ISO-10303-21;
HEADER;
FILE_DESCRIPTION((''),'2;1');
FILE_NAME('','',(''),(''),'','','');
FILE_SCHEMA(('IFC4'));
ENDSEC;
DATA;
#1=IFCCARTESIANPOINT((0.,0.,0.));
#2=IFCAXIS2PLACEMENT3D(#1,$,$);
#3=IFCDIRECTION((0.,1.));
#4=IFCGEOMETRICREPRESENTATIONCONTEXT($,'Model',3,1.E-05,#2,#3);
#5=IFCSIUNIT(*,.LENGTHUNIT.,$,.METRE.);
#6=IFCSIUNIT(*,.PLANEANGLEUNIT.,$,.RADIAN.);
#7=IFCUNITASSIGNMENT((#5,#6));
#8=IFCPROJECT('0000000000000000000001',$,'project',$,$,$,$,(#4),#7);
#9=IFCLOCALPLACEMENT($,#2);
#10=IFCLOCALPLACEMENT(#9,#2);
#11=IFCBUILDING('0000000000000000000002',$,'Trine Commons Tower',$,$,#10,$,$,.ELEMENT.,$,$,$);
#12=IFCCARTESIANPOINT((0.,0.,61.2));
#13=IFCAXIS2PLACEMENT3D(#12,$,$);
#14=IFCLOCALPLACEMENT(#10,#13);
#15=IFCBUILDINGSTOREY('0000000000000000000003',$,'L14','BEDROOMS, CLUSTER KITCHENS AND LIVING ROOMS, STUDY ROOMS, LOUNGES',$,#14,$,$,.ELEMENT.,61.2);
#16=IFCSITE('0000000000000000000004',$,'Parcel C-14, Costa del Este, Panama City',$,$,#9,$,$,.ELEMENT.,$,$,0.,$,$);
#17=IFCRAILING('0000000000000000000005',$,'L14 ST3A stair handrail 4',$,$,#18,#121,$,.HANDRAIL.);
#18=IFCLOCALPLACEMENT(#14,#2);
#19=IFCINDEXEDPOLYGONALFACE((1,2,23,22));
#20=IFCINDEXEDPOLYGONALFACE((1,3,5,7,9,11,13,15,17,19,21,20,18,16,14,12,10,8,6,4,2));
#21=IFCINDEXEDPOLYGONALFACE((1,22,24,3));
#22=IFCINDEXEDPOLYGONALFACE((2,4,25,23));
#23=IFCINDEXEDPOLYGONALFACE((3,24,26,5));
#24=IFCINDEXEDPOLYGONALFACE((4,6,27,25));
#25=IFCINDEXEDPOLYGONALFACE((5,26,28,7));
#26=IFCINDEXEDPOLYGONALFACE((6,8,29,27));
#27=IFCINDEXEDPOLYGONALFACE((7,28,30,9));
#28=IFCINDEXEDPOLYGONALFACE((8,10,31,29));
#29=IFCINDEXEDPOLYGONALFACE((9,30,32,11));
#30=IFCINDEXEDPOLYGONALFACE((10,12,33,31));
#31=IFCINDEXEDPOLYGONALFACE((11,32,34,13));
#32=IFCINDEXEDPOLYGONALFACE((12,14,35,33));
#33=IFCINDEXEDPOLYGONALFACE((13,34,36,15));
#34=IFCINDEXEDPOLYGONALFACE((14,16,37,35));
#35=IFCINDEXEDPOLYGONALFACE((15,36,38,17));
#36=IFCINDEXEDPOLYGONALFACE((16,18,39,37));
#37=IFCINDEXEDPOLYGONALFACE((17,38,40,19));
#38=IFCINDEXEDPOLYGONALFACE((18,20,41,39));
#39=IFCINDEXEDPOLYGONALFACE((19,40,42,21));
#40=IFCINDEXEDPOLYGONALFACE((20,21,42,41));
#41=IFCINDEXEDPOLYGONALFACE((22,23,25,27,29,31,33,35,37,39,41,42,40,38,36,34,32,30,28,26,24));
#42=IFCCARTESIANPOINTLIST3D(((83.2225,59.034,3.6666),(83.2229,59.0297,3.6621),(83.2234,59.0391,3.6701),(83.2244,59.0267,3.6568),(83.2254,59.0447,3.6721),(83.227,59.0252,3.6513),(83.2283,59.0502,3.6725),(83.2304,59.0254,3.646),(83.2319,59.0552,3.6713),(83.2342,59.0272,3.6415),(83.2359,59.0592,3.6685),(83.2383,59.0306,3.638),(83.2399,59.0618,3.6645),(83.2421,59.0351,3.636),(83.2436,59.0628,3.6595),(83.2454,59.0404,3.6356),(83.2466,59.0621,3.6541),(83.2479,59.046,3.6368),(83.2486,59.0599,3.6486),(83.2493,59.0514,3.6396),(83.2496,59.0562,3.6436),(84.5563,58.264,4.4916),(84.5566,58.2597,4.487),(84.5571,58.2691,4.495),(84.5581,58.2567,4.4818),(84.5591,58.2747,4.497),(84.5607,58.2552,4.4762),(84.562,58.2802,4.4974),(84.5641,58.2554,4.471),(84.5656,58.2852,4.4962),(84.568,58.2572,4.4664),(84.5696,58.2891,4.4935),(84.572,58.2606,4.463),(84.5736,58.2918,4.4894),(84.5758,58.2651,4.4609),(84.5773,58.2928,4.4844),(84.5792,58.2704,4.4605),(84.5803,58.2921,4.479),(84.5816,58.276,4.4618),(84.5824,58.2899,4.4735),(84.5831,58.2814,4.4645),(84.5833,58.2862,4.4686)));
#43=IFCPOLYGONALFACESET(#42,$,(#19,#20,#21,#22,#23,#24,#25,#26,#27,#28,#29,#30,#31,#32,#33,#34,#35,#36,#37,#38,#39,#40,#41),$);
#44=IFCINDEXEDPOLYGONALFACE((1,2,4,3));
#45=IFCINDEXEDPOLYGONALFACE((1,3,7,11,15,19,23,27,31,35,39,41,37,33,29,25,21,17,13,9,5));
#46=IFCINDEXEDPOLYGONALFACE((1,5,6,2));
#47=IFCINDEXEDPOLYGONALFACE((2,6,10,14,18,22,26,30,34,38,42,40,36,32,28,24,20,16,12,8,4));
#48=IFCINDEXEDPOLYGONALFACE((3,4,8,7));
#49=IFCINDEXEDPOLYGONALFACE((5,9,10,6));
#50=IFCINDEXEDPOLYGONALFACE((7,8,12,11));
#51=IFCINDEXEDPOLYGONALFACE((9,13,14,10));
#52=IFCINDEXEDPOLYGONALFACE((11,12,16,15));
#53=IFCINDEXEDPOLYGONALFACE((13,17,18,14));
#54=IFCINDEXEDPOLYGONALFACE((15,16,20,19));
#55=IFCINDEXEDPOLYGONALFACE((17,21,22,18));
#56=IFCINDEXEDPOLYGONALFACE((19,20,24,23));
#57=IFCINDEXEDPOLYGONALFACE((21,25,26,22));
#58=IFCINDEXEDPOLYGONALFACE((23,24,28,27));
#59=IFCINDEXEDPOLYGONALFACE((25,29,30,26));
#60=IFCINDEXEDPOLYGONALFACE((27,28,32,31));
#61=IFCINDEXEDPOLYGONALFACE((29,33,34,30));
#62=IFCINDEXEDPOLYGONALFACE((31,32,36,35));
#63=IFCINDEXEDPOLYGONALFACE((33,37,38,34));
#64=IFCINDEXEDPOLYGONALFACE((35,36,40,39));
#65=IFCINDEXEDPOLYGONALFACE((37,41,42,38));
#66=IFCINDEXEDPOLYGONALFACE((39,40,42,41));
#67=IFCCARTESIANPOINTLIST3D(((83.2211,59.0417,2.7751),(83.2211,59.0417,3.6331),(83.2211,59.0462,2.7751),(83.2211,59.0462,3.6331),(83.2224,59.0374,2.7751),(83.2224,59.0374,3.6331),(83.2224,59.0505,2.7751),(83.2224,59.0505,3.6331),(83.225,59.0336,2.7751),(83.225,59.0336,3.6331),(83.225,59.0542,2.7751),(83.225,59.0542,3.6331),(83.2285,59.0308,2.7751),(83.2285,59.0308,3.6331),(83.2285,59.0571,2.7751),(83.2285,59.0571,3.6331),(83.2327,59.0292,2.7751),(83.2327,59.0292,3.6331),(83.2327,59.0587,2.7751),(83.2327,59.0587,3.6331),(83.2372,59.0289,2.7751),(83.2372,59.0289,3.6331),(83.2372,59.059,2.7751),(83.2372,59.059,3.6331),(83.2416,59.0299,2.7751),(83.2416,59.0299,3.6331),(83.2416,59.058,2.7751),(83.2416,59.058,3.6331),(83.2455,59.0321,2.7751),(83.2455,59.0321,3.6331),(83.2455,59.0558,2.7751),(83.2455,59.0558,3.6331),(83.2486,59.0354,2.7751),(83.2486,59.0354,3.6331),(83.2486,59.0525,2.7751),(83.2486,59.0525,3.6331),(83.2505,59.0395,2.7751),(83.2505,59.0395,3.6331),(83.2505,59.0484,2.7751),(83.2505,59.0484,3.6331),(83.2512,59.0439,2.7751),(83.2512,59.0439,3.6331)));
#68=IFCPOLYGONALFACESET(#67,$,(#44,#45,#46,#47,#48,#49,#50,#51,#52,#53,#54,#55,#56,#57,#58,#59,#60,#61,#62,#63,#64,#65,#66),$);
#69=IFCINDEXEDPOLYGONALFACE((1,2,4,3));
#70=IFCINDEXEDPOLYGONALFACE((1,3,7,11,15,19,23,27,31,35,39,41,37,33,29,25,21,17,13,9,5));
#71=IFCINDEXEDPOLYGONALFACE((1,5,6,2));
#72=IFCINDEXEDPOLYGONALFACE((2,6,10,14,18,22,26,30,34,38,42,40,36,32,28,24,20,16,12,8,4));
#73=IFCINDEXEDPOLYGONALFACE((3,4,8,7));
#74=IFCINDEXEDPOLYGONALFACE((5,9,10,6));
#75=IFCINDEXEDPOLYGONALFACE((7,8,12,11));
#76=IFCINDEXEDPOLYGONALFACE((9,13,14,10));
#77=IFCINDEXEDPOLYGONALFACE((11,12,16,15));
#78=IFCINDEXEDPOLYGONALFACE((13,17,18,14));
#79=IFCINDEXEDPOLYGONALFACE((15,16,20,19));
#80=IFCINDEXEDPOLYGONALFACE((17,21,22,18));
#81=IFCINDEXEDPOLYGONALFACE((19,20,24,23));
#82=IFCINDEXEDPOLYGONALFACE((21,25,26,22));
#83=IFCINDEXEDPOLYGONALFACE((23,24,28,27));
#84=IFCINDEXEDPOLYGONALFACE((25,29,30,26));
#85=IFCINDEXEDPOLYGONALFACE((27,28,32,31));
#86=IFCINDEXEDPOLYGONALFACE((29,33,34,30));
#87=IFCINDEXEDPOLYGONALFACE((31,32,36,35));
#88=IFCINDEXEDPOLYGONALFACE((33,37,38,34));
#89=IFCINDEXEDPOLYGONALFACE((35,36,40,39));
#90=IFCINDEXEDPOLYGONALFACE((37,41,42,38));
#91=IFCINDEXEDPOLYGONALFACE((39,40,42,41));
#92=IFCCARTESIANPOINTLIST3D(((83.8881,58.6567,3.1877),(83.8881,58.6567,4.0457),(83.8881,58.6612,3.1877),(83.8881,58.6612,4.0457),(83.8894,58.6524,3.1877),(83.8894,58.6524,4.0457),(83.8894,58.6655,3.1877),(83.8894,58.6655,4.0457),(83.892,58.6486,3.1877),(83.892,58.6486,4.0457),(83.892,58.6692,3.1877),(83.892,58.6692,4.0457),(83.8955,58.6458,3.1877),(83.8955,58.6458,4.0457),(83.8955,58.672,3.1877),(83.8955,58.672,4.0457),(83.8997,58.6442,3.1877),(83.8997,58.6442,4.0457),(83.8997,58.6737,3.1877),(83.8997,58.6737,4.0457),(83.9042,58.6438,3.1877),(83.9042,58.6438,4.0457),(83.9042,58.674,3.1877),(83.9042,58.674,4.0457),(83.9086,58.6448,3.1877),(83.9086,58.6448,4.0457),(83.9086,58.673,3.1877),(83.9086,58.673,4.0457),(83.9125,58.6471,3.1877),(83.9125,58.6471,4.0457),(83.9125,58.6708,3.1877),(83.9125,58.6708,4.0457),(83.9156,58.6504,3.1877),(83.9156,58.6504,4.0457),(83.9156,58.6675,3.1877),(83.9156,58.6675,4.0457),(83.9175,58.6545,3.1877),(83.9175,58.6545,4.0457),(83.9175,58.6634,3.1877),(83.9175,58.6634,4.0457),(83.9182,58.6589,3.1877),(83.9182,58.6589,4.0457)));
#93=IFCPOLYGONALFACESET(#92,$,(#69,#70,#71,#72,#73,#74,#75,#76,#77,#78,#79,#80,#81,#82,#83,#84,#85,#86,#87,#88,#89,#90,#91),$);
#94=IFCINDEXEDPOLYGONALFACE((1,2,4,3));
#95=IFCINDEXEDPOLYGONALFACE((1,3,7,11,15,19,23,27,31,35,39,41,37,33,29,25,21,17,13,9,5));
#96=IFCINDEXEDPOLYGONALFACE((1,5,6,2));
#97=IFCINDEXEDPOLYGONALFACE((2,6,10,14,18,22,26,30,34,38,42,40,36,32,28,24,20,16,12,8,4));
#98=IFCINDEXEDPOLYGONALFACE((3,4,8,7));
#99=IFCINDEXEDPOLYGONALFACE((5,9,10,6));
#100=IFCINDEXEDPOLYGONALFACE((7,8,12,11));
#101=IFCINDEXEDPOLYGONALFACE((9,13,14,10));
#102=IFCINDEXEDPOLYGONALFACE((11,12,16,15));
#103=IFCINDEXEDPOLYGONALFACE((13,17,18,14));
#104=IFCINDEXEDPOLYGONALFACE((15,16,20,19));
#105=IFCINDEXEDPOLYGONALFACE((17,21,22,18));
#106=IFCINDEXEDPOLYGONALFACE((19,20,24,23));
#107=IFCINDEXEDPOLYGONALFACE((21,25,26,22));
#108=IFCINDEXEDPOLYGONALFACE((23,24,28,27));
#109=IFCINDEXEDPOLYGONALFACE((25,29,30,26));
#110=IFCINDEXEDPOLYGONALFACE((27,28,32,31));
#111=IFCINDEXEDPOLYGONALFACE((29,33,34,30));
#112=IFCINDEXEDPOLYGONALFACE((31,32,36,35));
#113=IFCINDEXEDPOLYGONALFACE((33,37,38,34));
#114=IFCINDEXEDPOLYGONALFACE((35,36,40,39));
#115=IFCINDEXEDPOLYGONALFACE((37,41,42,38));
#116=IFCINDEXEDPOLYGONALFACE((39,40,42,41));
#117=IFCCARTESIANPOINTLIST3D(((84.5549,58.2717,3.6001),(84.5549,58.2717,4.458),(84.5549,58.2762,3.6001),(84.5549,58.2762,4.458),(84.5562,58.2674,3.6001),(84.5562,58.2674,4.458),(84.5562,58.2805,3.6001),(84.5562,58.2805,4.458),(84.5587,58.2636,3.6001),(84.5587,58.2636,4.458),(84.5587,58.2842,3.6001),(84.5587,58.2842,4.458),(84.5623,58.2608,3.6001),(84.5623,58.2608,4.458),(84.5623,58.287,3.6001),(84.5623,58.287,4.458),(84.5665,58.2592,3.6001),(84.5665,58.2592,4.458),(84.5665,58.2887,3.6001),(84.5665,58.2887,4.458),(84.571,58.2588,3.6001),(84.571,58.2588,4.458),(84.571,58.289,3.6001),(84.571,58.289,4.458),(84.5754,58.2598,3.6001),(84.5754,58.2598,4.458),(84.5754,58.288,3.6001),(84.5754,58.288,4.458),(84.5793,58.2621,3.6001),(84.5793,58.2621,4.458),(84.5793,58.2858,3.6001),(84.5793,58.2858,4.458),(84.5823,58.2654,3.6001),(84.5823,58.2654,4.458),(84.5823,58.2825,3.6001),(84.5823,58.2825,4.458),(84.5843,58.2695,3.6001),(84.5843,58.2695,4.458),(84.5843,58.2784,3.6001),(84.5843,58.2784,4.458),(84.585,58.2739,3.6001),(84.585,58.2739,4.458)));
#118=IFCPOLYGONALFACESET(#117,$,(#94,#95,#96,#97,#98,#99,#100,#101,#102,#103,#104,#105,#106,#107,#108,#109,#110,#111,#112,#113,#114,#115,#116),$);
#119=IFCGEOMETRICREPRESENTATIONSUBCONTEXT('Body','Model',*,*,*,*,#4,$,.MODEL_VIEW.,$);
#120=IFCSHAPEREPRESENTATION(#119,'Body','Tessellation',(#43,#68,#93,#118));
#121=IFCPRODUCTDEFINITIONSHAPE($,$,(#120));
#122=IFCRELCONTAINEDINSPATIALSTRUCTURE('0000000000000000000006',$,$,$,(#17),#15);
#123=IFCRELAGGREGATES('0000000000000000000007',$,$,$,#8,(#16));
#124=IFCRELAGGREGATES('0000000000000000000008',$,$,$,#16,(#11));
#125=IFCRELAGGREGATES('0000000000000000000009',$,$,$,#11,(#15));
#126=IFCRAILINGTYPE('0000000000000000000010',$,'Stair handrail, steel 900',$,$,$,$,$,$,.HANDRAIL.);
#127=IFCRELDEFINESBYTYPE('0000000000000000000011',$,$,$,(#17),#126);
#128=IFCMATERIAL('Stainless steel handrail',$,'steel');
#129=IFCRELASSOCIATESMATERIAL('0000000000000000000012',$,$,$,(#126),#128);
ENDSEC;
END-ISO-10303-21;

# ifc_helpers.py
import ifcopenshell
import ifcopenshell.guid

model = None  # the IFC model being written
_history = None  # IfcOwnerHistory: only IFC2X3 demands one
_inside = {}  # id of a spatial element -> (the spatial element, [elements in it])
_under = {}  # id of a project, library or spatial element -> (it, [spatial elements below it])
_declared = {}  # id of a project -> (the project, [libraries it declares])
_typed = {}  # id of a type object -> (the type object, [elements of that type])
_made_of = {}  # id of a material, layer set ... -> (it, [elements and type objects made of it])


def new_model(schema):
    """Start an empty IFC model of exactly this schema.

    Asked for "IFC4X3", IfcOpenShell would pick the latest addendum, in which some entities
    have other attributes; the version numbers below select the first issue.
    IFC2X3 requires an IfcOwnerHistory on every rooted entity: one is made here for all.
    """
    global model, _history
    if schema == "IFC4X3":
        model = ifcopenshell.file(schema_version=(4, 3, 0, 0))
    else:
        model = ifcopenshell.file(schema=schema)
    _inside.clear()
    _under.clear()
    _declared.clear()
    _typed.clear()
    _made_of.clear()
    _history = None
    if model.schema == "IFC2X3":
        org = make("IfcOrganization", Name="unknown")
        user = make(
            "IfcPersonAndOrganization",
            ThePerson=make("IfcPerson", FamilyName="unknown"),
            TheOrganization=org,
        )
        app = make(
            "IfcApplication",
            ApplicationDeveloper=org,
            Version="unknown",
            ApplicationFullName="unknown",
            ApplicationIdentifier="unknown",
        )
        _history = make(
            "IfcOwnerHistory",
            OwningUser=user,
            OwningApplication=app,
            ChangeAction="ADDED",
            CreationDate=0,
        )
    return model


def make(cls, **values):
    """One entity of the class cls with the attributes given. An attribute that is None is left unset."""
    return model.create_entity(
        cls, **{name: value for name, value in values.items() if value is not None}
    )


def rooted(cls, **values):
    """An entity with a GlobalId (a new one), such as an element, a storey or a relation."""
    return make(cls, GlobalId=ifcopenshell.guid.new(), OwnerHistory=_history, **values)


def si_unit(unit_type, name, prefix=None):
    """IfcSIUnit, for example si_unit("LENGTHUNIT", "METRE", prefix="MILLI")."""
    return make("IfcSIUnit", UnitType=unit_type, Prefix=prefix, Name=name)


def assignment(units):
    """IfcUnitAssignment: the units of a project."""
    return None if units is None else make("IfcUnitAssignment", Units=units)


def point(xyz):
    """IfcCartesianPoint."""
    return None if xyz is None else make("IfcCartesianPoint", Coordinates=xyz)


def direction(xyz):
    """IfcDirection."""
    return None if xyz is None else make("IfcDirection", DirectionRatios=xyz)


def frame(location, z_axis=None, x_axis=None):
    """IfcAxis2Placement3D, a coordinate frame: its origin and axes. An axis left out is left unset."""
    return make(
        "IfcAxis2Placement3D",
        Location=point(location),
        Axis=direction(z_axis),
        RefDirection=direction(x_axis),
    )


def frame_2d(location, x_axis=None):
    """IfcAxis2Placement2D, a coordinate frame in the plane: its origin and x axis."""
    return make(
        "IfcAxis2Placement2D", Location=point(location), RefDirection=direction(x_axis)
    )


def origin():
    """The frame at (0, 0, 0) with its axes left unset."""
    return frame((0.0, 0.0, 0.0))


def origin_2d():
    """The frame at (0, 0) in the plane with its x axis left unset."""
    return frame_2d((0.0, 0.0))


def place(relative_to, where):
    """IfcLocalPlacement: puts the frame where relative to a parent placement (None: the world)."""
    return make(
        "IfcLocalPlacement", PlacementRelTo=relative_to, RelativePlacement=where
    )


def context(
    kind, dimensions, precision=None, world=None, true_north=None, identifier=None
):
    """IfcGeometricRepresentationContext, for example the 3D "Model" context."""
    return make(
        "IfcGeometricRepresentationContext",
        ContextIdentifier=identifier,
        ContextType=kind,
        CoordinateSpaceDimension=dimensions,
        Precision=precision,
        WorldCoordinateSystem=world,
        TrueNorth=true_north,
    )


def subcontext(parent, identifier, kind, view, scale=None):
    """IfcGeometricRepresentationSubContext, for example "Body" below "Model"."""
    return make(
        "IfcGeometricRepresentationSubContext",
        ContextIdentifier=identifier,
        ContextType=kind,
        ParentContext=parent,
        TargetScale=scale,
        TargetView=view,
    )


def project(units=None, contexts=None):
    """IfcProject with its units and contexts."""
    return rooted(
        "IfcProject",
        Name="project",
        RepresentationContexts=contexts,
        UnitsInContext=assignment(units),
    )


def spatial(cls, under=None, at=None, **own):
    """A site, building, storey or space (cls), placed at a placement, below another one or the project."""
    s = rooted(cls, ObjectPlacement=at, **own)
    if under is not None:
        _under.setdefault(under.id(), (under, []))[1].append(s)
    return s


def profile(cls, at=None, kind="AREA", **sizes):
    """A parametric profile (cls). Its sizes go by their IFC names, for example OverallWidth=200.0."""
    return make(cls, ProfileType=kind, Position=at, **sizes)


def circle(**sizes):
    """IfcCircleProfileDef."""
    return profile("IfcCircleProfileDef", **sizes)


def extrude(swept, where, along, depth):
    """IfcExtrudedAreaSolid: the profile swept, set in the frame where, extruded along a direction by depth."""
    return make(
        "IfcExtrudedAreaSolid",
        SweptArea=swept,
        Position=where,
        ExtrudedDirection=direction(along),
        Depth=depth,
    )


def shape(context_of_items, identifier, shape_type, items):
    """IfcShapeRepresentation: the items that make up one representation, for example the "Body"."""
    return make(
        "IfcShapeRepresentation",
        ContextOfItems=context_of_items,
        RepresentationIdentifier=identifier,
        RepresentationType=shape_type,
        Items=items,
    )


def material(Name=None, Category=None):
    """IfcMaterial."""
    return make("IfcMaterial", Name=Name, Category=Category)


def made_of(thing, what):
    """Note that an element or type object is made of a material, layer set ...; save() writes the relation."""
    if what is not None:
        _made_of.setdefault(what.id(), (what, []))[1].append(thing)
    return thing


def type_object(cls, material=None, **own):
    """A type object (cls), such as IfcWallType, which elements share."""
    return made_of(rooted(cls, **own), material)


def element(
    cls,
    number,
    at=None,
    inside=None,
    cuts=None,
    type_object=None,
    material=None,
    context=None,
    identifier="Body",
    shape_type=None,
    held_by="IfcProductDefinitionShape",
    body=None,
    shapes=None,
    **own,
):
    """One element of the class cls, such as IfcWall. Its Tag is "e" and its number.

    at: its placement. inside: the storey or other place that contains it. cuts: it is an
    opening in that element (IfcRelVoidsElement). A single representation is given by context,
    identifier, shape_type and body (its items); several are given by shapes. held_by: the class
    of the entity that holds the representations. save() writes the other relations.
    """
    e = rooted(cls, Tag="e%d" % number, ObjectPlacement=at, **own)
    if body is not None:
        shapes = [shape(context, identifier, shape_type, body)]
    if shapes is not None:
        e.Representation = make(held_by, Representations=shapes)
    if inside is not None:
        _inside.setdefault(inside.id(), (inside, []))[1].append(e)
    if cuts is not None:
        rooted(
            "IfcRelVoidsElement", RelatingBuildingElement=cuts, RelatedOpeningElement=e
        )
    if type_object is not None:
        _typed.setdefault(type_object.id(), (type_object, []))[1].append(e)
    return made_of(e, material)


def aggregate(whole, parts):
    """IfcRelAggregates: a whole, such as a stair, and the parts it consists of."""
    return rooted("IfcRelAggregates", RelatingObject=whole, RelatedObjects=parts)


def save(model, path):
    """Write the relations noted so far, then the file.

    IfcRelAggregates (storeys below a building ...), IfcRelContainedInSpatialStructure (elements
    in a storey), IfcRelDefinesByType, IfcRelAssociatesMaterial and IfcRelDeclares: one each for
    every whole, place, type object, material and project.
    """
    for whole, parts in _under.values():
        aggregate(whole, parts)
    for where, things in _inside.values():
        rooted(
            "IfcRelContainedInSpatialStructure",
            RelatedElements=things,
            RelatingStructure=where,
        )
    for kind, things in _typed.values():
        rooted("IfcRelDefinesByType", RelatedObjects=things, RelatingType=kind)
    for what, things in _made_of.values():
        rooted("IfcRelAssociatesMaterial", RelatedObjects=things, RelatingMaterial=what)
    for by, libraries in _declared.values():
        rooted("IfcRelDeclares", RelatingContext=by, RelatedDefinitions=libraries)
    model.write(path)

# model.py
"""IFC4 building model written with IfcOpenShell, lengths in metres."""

from ifc_helpers import new_model, si_unit, direction, frame, origin, origin_2d, place, context, subcontext, project, spatial, circle, extrude, material, type_object, element, save


model = new_model("IFC4")

# Units and contexts
model_context = context("Model", 3, precision=1e-05, world=origin(), true_north=direction((0.0, 1.0)))
body_context = subcontext(model_context, "Body", "Model", "MODEL_VIEW")
ifc_project = project(units=[si_unit("LENGTHUNIT", "METRE"), si_unit("PLANEANGLEUNIT", "RADIAN")], contexts=[model_context])

# Site, building, storey
site_placement = place(None, origin())
site = spatial("IfcSite", under=ifc_project, at=site_placement, Name="Parcel C-14, Costa del Este, Panama City", CompositionType="ELEMENT", RefElevation=0.0)
building_placement = place(site_placement, origin())
building = spatial("IfcBuilding", under=site, at=building_placement, Name="Trine Commons Tower", CompositionType="ELEMENT")
storey_placement = place(building_placement, frame((0.0, 0.0, 61.2)))
storey = spatial("IfcBuildingStorey", under=building, at=storey_placement, Name="L14", Description="BEDROOMS, CLUSTER KITCHENS AND LIVING ROOMS, STUDY ROOMS, LOUNGES", CompositionType="ELEMENT", Elevation=61.2)

# Railing
ifc_material_1 = material(Name="Stainless steel handrail", Category="steel")
railing_type = type_object("IfcRailingType", Name="Stair handrail, steel 900", PredefinedType="HANDRAIL", material=ifc_material_1)
railing_placement = place(storey_placement, frame((83.2361, 59.0439, 2.7751)))
element("IfcRailing", 1, at=railing_placement, inside=storey, type_object=railing_type, Name="L14 ST3A stair handrail 4", PredefinedType="HANDRAIL", context=body_context, shape_type="SweptSolid", body=[
    extrude(circle(Radius=0.021, at=origin_2d()), frame((0.0, 0.0, 0.8789), z_axis=(0.763405, -0.440743, 0.472185), x_axis=(0.499992, 0.86603, 0.0)), (0.0, 0.0, 1.0), 1.7471),
    extrude(circle(Radius=0.0151, at=origin_2d()), origin(), (0.0, 0.0, 1.0), 0.8579),
    extrude(circle(Radius=0.0151, at=origin_2d()), frame((0.667, -0.385, 0.4126)), (0.0, 0.0, 1.0), 0.8579),
    extrude(circle(Radius=0.0151, at=origin_2d()), frame((1.3337, -0.77, 0.825)), (0.0, 0.0, 1.0), 0.8579),
])

save(model, "model.ifc")
